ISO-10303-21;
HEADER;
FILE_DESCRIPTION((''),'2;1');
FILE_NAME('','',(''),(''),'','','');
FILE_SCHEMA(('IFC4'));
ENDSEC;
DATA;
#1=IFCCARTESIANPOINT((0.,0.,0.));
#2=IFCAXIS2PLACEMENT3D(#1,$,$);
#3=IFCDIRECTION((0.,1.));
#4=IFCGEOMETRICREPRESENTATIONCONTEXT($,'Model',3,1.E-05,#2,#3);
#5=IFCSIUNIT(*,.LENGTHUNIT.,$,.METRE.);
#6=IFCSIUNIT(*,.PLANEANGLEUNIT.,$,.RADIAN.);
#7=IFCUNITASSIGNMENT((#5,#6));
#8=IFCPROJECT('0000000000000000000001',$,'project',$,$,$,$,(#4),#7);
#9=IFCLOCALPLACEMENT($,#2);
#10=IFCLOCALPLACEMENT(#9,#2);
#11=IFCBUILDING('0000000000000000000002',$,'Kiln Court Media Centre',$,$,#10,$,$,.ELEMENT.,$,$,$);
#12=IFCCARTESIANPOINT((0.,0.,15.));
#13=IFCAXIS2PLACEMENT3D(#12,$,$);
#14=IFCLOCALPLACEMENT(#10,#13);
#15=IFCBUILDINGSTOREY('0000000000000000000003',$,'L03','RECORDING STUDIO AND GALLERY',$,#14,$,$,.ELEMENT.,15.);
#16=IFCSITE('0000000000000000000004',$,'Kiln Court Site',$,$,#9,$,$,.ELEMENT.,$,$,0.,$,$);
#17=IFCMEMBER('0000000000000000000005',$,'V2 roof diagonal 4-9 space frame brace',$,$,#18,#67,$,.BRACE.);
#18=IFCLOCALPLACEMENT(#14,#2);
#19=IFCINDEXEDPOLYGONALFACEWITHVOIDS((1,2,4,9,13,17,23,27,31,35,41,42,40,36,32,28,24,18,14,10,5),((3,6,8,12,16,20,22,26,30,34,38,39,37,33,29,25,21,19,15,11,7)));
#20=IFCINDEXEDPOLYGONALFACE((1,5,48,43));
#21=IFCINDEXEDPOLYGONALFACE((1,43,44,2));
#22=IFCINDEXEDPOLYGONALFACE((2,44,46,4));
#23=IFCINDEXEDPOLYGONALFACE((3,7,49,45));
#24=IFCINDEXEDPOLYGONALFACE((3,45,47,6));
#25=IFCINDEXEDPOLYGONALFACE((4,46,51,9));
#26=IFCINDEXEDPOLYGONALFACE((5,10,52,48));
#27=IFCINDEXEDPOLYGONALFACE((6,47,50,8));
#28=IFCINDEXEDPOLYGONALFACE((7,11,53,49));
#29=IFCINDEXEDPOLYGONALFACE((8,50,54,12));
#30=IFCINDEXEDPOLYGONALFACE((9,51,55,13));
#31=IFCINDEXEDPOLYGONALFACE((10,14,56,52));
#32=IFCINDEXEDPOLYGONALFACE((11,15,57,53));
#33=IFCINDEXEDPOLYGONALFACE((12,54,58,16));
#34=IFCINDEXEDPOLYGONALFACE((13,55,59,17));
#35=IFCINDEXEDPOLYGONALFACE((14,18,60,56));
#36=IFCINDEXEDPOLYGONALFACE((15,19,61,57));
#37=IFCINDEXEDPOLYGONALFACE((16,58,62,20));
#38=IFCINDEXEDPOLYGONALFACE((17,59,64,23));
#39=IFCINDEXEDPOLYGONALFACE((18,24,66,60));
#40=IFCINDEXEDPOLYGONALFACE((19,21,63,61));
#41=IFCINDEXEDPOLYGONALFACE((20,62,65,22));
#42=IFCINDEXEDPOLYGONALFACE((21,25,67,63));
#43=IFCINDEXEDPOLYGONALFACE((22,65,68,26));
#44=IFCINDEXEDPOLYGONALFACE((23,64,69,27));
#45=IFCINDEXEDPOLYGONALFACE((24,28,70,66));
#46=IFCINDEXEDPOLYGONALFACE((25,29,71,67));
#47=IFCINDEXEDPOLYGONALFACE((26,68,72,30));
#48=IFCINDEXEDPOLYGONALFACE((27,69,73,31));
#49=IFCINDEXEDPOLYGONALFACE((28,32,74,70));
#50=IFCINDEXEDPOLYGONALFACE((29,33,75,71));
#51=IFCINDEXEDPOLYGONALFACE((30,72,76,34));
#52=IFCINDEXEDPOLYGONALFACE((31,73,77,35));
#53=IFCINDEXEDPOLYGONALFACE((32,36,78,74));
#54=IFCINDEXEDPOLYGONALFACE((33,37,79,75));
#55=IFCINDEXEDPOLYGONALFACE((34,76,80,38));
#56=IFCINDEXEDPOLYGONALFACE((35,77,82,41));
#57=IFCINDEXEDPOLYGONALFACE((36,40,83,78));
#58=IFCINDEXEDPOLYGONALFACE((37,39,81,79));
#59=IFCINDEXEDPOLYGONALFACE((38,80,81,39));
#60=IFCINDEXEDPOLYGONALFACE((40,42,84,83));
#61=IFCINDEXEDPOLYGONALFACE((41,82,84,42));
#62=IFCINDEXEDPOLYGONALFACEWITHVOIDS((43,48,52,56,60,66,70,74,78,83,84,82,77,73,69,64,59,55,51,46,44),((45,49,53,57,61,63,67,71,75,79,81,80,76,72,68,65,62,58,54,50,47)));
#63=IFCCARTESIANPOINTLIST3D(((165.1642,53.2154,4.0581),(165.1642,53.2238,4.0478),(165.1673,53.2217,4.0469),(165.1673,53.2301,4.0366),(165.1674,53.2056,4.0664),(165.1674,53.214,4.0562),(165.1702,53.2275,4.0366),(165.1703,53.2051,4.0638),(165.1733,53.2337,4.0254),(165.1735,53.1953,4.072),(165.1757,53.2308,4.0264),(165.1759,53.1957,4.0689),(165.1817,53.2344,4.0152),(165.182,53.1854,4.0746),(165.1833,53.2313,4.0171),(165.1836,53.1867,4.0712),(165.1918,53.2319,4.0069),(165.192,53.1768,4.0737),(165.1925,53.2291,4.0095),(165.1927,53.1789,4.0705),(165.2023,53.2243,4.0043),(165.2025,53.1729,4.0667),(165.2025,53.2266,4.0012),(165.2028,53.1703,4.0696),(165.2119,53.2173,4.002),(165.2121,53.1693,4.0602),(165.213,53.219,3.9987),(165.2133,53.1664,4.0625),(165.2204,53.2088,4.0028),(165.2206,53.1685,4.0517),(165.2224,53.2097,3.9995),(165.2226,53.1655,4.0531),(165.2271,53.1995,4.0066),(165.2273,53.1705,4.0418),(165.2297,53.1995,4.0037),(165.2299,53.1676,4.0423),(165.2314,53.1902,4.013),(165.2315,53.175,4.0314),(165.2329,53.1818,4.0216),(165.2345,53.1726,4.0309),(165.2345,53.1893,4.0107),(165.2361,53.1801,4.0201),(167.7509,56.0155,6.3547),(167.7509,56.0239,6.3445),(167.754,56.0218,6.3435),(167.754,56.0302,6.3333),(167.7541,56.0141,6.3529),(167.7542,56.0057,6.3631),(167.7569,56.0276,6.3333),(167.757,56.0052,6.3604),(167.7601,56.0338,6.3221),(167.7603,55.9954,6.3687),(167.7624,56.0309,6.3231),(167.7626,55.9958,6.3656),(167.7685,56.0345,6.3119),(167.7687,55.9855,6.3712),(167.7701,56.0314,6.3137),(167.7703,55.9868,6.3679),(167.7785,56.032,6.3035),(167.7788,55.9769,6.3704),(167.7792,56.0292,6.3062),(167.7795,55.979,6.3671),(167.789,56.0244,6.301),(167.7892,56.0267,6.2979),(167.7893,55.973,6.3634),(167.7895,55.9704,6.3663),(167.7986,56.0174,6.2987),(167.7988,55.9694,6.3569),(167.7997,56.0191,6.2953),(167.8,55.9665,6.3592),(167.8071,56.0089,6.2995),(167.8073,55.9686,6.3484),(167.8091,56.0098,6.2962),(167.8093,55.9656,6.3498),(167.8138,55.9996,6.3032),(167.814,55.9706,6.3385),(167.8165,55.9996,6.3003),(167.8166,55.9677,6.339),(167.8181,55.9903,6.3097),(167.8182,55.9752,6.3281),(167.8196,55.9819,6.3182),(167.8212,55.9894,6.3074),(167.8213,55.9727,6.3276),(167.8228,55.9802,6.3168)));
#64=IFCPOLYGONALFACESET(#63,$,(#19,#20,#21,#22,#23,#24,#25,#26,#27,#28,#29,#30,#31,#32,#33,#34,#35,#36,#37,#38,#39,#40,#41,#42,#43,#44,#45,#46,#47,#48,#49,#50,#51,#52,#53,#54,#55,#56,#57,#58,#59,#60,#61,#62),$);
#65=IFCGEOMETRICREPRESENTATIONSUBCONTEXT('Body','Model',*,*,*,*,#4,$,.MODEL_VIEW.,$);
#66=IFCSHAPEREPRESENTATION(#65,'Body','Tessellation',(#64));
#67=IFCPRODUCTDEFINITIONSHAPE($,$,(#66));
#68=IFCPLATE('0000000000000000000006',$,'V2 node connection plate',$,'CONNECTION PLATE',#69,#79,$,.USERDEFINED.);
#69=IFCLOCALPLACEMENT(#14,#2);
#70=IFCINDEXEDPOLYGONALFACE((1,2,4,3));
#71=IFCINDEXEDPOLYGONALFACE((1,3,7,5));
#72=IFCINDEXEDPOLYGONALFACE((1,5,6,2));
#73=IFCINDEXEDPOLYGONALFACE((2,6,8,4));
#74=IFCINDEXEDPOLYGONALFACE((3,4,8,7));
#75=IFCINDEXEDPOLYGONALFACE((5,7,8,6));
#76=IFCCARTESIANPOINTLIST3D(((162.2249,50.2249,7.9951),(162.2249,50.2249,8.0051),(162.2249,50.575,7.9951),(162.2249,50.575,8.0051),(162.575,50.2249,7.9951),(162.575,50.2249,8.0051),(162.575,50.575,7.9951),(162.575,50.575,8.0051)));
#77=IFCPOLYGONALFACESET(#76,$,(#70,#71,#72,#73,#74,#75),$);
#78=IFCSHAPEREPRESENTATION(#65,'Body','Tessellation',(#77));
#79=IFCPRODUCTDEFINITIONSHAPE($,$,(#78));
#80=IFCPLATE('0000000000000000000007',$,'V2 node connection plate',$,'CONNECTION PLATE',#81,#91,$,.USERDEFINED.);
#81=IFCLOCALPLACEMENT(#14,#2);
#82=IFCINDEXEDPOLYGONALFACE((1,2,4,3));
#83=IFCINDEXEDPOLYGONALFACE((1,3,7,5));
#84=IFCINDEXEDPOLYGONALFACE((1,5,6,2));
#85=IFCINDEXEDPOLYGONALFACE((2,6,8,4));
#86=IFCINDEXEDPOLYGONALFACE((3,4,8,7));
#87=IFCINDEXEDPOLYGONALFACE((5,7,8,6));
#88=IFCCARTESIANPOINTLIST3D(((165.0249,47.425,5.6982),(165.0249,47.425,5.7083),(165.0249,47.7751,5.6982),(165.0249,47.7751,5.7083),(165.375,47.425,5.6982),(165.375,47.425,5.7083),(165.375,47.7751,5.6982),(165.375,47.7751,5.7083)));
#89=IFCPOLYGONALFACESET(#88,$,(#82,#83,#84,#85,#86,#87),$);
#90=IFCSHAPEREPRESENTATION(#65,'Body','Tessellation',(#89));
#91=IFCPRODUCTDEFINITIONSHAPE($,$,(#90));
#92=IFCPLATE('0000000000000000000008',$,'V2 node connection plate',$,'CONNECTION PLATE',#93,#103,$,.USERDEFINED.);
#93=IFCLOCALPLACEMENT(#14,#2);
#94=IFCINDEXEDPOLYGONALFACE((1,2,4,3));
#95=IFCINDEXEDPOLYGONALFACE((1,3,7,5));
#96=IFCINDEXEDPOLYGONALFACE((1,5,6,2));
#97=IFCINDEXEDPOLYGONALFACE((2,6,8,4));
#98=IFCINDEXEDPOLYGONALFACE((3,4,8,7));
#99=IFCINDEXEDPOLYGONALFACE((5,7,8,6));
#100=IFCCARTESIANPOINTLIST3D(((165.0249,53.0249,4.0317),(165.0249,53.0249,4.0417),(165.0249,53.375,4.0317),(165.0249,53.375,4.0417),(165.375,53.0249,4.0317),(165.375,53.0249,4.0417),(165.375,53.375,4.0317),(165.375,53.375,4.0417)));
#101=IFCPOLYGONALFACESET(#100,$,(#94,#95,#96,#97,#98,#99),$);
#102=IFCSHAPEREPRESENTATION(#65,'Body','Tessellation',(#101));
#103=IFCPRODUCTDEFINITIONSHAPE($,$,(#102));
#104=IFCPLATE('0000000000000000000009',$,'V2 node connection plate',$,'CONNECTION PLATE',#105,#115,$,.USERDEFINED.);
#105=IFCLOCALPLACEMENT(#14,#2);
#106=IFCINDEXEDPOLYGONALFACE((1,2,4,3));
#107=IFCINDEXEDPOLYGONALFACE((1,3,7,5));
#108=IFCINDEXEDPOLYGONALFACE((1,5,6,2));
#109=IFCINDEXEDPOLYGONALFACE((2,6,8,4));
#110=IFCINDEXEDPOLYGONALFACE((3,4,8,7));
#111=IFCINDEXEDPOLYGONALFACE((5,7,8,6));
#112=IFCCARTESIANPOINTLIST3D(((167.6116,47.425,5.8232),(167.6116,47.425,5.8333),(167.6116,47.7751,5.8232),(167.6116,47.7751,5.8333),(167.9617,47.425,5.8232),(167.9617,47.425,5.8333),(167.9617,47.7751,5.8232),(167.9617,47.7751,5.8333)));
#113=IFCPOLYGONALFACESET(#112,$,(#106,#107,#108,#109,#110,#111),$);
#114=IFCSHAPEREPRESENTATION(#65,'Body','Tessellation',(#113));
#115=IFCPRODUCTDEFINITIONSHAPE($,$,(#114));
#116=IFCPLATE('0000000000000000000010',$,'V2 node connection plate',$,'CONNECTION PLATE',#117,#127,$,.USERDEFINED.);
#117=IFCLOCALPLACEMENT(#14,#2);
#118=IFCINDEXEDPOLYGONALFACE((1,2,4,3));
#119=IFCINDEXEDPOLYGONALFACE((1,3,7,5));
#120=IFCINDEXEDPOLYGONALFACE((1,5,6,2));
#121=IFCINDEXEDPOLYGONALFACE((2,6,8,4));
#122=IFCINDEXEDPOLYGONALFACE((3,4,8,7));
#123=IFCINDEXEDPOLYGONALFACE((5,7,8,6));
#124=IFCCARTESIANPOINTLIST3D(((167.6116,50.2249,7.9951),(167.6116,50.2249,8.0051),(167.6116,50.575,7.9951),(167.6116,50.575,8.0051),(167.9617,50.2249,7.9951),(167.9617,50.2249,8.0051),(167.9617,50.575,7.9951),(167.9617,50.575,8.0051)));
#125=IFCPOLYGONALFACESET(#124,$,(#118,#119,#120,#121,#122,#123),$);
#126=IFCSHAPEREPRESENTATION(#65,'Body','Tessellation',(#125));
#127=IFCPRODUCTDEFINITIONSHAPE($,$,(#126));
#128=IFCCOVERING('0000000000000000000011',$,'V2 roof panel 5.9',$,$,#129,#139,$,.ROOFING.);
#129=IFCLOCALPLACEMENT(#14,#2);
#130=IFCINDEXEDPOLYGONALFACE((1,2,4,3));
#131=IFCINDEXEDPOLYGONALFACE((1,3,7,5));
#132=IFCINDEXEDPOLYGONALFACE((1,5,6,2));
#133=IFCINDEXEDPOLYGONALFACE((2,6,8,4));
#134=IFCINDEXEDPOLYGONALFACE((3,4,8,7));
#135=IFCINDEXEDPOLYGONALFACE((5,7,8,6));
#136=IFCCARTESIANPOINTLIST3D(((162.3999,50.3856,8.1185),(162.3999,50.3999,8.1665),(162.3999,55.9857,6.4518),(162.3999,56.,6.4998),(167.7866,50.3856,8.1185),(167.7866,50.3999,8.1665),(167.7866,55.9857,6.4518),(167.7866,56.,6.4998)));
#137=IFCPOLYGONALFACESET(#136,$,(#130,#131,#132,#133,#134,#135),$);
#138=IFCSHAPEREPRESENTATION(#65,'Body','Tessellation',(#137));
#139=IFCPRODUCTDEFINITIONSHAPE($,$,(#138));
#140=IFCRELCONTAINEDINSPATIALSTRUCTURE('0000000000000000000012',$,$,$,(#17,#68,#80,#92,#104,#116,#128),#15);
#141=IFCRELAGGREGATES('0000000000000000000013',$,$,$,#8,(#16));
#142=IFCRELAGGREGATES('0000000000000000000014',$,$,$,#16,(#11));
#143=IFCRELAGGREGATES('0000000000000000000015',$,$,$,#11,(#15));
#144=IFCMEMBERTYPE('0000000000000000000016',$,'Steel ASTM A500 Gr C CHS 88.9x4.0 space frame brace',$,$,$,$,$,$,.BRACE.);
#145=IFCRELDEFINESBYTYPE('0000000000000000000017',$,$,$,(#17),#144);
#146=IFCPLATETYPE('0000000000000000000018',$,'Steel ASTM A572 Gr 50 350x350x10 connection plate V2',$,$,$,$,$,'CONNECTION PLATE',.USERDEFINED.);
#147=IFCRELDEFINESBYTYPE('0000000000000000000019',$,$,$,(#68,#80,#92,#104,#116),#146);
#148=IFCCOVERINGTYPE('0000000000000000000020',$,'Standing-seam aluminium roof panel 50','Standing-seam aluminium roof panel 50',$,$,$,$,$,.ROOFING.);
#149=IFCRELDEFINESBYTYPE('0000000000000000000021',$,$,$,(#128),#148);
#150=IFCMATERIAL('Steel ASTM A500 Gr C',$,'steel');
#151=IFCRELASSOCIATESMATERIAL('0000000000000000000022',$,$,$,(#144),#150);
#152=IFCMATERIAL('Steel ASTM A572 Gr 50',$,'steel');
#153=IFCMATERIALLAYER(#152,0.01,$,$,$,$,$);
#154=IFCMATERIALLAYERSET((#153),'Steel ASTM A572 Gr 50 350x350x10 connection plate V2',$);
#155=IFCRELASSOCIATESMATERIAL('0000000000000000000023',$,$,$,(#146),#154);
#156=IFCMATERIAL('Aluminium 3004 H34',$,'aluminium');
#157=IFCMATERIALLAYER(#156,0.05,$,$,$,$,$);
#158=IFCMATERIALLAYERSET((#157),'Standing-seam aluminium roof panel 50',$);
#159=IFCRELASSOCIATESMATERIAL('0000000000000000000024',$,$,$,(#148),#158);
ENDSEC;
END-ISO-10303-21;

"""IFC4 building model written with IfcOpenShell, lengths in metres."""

from ifc_helpers import new_model, si_unit, direction, frame, origin, origin_2d, place, context, subcontext, project, spatial, polyline, rectangle, hollow_circle, outline, extrude, material, layer, layer_set, material_profile, profile_set, type_object, element, save


model = new_model("IFC4")

# Units and contexts
model_context = context("Model", 3, precision=1e-05, world=origin(), true_north=direction((0.0, 1.0)))
body_context = subcontext(model_context, "Body", "Model", "MODEL_VIEW")
ifc_project = project(units=[si_unit("LENGTHUNIT", "METRE"), si_unit("PLANEANGLEUNIT", "RADIAN")], contexts=[model_context])

# Site, building, storey
site_placement = place(None, origin())
site = spatial("IfcSite", under=ifc_project, at=site_placement, Name="Kiln Court Site", CompositionType="ELEMENT", RefElevation=0.0)
building_placement = place(site_placement, origin())
building = spatial("IfcBuilding", under=site, at=building_placement, Name="Kiln Court Media Centre", CompositionType="ELEMENT")
storey_placement = place(building_placement, frame((0.0, 0.0, 15.0)))
storey = spatial("IfcBuildingStorey", under=building, at=storey_placement, Name="L03", Description="RECORDING STUDIO AND GALLERY", CompositionType="ELEMENT", Elevation=15.0)

# Member
ifc_material_1 = material(Name="Steel ASTM A500 Gr C", Category="steel")
ifc_material_profile_1 = material_profile(ifc_material_1, hollow_circle(Radius=0.0444, WallThickness=0.0039, at=origin_2d()), Name="CHS 88.9x4.0")
ifc_profile_set_1 = profile_set([ifc_material_profile_1], Name="Steel ASTM A500 Gr C")
member_type_1 = type_object("IfcMemberType", Name="Steel ASTM A500 Gr C CHS 88.9x4.0 space frame brace", PredefinedType="BRACE", material=ifc_profile_set_1)
member_1_placement = place(storey_placement, frame((165.2, 53.2, 4.0366), z_axis=(0.581228, 0.629174, 0.516056), x_axis=(-0.734541, 0.678565, 0.0)))
element("IfcMember", 1, at=member_1_placement, inside=storey, type_object=member_type_1, Name="V2 roof diagonal 4-9 space frame brace", PredefinedType="BRACE", context=body_context, shape_type="SweptSolid", body=[
    extrude(hollow_circle(Radius=0.0444, WallThickness=0.0039, at=origin_2d()), origin(), (0.0, 0.0, 1.0), 4.4504),
])

# Plates
ifc_material_2 = material(Name="Steel ASTM A572 Gr 50", Category="steel")
ifc_layer_1 = layer(ifc_material_2, 0.01)
ifc_layer_set_1 = layer_set([ifc_layer_1], Name="Steel ASTM A572 Gr 50 350x350x10 connection plate V2")
plate_type = type_object("IfcPlateType", Name="Steel ASTM A572 Gr 50 350x350x10 connection plate V2", ElementType="CONNECTION PLATE", PredefinedType="USERDEFINED", material=ifc_layer_set_1)
for number, where, z_axis, x_axis, name in (
    (2, (162.3999, 50.3999, 7.9951), (0.0, 0.0, 1.0), (1.0, 0.0, 0.0), "V2 node connection plate"),
    (3, (165.2, 47.6001, 5.6982), (0.0, 0.0, 1.0), (1.0, 0.0, 0.0), "V2 node connection plate"),
    (4, (165.2, 53.2, 4.0317), (0.0, 0.0, 1.0), (1.0, 0.0, 0.0), "V2 node connection plate"),
    (5, (167.7866, 47.6001, 5.8232), (0.0, 0.0, 1.0), (1.0, 0.0, 0.0), "V2 node connection plate"),
    (6, (167.7866, 50.3999, 7.9951), (0.0, 0.0, 1.0), (1.0, 0.0, 0.0), "V2 node connection plate"),
):
    element("IfcPlate", number, at=place(storey_placement, frame(where, z_axis=z_axis, x_axis=x_axis)), inside=storey, type_object=plate_type, Name=name, ObjectType="CONNECTION PLATE", PredefinedType="USERDEFINED", context=body_context, shape_type="SweptSolid", body=[
        extrude(rectangle(XDim=0.3501, YDim=0.3501, at=origin_2d()), origin(), (0.0, 0.0, 1.0), 0.01),
    ])

# Covering
ifc_material_3 = material(Name="Aluminium 3004 H34", Category="aluminium")
ifc_layer_2 = layer(ifc_material_3, 0.05)
ifc_layer_set_2 = layer_set([ifc_layer_2], Name="Standing-seam aluminium roof panel 50")
covering_type = type_object("IfcCoveringType", Name="Standing-seam aluminium roof panel 50", Description="Standing-seam aluminium roof panel 50", PredefinedType="ROOFING", material=ifc_layer_set_2)
covering_placement = place(storey_placement, frame((162.3999, 50.3999, 8.1665), z_axis=(0.0, 0.285262, 0.95845), x_axis=(0.0, 0.95845, -0.285262)))
element("IfcCovering", 7, at=covering_placement, inside=storey, type_object=covering_type, Name="V2 roof panel 5.9", PredefinedType="ROOFING", context=body_context, shape_type="SweptSolid", body=[
    extrude(outline(polyline([(0.0, 0.0), (5.8429, 0.0), (5.8429, -5.3867), (0.0, -5.3867), (0.0, 0.0)])), origin(), (0.0, 0.0, -1.0), 0.05),
])

save(model, "model.ifc")
